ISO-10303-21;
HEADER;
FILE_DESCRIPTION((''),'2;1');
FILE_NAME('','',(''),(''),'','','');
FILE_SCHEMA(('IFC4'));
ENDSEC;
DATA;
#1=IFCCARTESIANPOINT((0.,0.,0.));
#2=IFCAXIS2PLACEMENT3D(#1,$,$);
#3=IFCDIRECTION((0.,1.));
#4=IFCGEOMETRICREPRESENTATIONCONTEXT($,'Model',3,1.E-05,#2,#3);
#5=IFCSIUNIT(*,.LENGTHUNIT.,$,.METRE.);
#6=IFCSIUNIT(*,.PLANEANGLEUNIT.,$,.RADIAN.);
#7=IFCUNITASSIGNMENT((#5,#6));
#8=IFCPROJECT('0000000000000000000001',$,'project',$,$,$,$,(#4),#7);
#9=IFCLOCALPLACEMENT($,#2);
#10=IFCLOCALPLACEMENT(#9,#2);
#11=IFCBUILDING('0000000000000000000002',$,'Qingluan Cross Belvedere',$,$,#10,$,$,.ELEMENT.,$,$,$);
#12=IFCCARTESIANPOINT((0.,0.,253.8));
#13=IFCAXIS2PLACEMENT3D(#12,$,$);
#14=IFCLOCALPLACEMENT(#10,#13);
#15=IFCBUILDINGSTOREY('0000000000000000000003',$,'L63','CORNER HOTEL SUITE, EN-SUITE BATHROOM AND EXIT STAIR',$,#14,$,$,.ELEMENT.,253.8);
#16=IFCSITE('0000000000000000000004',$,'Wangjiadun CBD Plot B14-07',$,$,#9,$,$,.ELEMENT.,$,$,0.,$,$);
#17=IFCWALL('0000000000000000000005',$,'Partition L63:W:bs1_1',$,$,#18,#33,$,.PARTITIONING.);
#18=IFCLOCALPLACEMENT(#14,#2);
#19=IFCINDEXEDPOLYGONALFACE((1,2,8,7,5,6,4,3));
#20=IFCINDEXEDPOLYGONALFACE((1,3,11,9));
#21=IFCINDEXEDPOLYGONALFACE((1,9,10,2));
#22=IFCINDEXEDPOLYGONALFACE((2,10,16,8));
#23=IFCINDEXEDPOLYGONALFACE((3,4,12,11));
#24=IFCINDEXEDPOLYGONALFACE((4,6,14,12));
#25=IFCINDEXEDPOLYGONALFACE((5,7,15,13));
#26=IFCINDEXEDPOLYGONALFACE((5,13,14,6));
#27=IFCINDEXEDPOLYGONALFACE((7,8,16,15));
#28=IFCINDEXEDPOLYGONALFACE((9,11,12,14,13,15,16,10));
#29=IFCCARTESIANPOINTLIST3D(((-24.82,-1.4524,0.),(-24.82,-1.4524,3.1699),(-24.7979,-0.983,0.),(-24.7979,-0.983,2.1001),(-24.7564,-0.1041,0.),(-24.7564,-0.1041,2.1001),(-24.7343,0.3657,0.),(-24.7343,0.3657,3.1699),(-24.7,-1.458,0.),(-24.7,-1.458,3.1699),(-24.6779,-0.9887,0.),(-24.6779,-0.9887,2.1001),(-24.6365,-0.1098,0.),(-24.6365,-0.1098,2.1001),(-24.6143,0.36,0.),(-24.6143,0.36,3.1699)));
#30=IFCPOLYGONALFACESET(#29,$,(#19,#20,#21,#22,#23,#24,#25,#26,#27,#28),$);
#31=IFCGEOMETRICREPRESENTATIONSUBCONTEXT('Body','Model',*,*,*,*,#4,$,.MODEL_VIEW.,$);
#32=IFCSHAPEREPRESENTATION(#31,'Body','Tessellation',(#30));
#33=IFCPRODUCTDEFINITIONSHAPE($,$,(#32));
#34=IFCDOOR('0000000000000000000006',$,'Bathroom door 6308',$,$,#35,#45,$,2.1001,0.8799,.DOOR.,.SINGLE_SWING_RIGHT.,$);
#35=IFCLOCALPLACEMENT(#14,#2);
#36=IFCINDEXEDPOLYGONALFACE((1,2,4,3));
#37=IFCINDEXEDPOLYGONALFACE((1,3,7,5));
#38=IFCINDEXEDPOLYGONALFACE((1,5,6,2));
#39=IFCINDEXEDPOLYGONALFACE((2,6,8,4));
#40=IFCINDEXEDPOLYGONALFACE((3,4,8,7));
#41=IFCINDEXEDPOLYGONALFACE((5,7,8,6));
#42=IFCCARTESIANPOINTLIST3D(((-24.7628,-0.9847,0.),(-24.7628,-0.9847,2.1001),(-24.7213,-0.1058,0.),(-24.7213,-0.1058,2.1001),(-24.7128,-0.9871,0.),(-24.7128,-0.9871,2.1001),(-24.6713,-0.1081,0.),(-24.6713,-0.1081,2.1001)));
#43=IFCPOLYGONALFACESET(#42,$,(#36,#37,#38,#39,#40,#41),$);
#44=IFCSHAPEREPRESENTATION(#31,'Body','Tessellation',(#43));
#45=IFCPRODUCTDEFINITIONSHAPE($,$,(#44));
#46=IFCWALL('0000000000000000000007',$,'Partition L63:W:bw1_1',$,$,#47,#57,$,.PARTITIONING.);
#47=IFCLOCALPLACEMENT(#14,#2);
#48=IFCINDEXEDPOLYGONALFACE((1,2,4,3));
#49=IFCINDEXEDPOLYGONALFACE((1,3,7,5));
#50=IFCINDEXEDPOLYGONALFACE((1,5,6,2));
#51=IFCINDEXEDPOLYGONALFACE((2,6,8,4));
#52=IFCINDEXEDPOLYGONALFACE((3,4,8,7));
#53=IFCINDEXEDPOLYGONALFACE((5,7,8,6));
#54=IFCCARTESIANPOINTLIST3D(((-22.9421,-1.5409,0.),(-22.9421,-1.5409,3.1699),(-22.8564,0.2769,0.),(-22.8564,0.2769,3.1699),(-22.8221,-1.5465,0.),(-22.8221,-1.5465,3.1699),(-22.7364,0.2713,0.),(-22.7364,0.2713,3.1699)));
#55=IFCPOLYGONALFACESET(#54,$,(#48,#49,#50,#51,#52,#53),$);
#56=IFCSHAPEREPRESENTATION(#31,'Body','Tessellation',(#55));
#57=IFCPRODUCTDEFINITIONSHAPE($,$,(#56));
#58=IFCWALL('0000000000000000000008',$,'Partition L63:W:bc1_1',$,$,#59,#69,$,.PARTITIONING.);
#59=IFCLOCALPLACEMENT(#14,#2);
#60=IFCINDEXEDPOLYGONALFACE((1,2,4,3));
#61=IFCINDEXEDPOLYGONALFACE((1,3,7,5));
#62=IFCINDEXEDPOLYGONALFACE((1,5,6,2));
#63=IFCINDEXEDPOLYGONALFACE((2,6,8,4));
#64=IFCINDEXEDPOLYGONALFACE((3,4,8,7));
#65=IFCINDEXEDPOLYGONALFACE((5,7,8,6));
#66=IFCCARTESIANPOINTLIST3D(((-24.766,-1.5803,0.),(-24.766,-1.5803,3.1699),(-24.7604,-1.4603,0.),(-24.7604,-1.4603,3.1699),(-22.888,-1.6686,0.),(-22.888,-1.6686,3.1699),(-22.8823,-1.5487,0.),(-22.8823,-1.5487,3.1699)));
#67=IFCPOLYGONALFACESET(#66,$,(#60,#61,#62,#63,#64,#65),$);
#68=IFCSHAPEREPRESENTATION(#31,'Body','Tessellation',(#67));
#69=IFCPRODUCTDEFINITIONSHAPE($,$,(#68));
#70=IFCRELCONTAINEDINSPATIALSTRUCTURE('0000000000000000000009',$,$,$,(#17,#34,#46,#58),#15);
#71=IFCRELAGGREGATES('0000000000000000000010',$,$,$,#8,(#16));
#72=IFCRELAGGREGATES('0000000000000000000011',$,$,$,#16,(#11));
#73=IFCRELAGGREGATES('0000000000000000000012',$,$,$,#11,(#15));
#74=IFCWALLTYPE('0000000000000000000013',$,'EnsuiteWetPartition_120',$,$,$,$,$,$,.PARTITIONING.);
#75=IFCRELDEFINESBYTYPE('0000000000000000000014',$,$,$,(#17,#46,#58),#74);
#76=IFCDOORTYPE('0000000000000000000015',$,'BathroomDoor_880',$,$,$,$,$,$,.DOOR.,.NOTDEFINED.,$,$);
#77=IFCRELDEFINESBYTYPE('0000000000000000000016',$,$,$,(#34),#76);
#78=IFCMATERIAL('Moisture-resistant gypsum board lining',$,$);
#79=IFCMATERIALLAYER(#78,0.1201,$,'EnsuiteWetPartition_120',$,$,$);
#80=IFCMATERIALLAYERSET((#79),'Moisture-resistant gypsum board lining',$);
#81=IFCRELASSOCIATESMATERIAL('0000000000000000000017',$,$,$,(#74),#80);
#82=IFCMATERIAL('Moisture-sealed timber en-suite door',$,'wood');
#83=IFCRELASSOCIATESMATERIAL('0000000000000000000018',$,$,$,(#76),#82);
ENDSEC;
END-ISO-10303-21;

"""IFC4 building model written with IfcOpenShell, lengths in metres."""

from ifc_helpers import new_model, si_unit, direction, frame, frame_2d, origin, place, context, subcontext, project, spatial, rectangle, extrude, material, layer, layer_set, type_object, element, fill, save


model = new_model("IFC4")

# Units and contexts
model_context = context("Model", 3, precision=1e-05, world=origin(), true_north=direction((0.0, 1.0)))
body_context = subcontext(model_context, "Body", "Model", "MODEL_VIEW")
ifc_project = project(units=[si_unit("LENGTHUNIT", "METRE"), si_unit("PLANEANGLEUNIT", "RADIAN")], contexts=[model_context])

# Site, building, storey
site_placement = place(None, origin())
site = spatial("IfcSite", under=ifc_project, at=site_placement, Name="Wangjiadun CBD Plot B14-07", CompositionType="ELEMENT", RefElevation=0.0)
building_placement = place(site_placement, origin())
building = spatial("IfcBuilding", under=site, at=building_placement, Name="Qingluan Cross Belvedere", CompositionType="ELEMENT")
storey_placement = place(building_placement, frame((0.0, 0.0, 253.8)))
storey = spatial("IfcBuildingStorey", under=building, at=storey_placement, Name="L63", Description="CORNER HOTEL SUITE, EN-SUITE BATHROOM AND EXIT STAIR", CompositionType="ELEMENT", Elevation=253.8)

# Shared definitions
ifc_material_1 = material(Name="Moisture-resistant gypsum board lining")
ifc_layer_1 = layer(ifc_material_1, 0.1201, Name="EnsuiteWetPartition_120")
ifc_layer_set_1 = layer_set([ifc_layer_1], Name="Moisture-resistant gypsum board lining")
wall_type_1 = type_object("IfcWallType", Name="EnsuiteWetPartition_120", PredefinedType="PARTITIONING", material=ifc_layer_set_1)
ifc_material_2 = material(Name="Moisture-sealed timber en-suite door", Category="wood")
door_type_1 = type_object("IfcDoorType", Name="BathroomDoor_880", OperationType="NOTDEFINED", PredefinedType="DOOR", material=ifc_material_2)

# Wall, opening, door
wall_1_placement = place(storey_placement, frame((-24.76, -1.4553, 0.0), z_axis=(0.0, 0.0, 1.0), x_axis=(0.047081, 0.998891, 0.0)))
wall_1 = element("IfcWall", 1, at=wall_1_placement, inside=storey, type_object=wall_type_1, Name="Partition L63:W:bs1_1", PredefinedType="PARTITIONING", context=body_context, shape_type="SweptSolid", body=[
    extrude(rectangle(XDim=1.8201, YDim=0.1201, at=frame_2d((0.9102, 0.0))), origin(), (0.0, 0.0, 1.0), 3.1699),
])
opening_1_placement = place(wall_1_placement, frame((0.47, 0.0, 0.0)))
opening_1 = element("IfcOpeningElement", 2, at=opening_1_placement, cuts=wall_1, PredefinedType="OPENING", context=body_context, shape_type="SweptSolid", body=[
    extrude(rectangle(XDim=0.8799, YDim=2.1001, at=frame_2d((0.4399, 1.05))), frame((0.0, 0.0701, 0.0), z_axis=(0.0, -1.0, 0.0), x_axis=(1.0, 0.0, 0.0)), (0.0, 0.0, 1.0), 0.1401),
])
door_1_placement = place(opening_1_placement, origin())
door_1 = element("IfcDoor", 3, at=door_1_placement, inside=storey, type_object=door_type_1, Name="Bathroom door 6308", OperationType="SINGLE_SWING_RIGHT", OverallHeight=2.1001, OverallWidth=0.8799, PredefinedType="DOOR", context=body_context, shape_type="SweptSolid", body=[
    extrude(rectangle(XDim=0.8799, YDim=2.1001, at=frame_2d((0.4399, 1.05))), frame((0.0, 0.0249, 0.0), z_axis=(0.0, -1.0, 0.0), x_axis=(1.0, 0.0, 0.0)), (0.0, 0.0, 1.0), 0.05),
])
fill(opening_1, door_1)

# Walls
wall_2_placement = place(storey_placement, frame((-22.8821, -1.5437, 0.0), z_axis=(0.0, 0.0, 1.0), x_axis=(0.047087, 0.998891, 0.0)))
element("IfcWall", 4, at=wall_2_placement, inside=storey, type_object=wall_type_1, Name="Partition L63:W:bw1_1", PredefinedType="PARTITIONING", context=body_context, shape_type="SweptSolid", body=[
    extrude(rectangle(XDim=1.8198, YDim=0.1201, at=frame_2d((0.9099, 0.0))), origin(), (0.0, 0.0, 1.0), 3.1699),
])
wall_3_placement = place(storey_placement, frame((-22.8853, -1.6086, 0.0), z_axis=(0.0, 0.0, 1.0), x_axis=(-0.998894, 0.04701, 0.0)))
element("IfcWall", 5, at=wall_3_placement, inside=storey, type_object=wall_type_1, Name="Partition L63:W:bc1_1", PredefinedType="PARTITIONING", context=body_context, shape_type="SweptSolid", body=[
    extrude(rectangle(XDim=1.8801, YDim=0.1201, at=frame_2d((0.9399, 0.0))), origin(), (0.0, 0.0, 1.0), 3.1699),
])

save(model, "model.ifc")
